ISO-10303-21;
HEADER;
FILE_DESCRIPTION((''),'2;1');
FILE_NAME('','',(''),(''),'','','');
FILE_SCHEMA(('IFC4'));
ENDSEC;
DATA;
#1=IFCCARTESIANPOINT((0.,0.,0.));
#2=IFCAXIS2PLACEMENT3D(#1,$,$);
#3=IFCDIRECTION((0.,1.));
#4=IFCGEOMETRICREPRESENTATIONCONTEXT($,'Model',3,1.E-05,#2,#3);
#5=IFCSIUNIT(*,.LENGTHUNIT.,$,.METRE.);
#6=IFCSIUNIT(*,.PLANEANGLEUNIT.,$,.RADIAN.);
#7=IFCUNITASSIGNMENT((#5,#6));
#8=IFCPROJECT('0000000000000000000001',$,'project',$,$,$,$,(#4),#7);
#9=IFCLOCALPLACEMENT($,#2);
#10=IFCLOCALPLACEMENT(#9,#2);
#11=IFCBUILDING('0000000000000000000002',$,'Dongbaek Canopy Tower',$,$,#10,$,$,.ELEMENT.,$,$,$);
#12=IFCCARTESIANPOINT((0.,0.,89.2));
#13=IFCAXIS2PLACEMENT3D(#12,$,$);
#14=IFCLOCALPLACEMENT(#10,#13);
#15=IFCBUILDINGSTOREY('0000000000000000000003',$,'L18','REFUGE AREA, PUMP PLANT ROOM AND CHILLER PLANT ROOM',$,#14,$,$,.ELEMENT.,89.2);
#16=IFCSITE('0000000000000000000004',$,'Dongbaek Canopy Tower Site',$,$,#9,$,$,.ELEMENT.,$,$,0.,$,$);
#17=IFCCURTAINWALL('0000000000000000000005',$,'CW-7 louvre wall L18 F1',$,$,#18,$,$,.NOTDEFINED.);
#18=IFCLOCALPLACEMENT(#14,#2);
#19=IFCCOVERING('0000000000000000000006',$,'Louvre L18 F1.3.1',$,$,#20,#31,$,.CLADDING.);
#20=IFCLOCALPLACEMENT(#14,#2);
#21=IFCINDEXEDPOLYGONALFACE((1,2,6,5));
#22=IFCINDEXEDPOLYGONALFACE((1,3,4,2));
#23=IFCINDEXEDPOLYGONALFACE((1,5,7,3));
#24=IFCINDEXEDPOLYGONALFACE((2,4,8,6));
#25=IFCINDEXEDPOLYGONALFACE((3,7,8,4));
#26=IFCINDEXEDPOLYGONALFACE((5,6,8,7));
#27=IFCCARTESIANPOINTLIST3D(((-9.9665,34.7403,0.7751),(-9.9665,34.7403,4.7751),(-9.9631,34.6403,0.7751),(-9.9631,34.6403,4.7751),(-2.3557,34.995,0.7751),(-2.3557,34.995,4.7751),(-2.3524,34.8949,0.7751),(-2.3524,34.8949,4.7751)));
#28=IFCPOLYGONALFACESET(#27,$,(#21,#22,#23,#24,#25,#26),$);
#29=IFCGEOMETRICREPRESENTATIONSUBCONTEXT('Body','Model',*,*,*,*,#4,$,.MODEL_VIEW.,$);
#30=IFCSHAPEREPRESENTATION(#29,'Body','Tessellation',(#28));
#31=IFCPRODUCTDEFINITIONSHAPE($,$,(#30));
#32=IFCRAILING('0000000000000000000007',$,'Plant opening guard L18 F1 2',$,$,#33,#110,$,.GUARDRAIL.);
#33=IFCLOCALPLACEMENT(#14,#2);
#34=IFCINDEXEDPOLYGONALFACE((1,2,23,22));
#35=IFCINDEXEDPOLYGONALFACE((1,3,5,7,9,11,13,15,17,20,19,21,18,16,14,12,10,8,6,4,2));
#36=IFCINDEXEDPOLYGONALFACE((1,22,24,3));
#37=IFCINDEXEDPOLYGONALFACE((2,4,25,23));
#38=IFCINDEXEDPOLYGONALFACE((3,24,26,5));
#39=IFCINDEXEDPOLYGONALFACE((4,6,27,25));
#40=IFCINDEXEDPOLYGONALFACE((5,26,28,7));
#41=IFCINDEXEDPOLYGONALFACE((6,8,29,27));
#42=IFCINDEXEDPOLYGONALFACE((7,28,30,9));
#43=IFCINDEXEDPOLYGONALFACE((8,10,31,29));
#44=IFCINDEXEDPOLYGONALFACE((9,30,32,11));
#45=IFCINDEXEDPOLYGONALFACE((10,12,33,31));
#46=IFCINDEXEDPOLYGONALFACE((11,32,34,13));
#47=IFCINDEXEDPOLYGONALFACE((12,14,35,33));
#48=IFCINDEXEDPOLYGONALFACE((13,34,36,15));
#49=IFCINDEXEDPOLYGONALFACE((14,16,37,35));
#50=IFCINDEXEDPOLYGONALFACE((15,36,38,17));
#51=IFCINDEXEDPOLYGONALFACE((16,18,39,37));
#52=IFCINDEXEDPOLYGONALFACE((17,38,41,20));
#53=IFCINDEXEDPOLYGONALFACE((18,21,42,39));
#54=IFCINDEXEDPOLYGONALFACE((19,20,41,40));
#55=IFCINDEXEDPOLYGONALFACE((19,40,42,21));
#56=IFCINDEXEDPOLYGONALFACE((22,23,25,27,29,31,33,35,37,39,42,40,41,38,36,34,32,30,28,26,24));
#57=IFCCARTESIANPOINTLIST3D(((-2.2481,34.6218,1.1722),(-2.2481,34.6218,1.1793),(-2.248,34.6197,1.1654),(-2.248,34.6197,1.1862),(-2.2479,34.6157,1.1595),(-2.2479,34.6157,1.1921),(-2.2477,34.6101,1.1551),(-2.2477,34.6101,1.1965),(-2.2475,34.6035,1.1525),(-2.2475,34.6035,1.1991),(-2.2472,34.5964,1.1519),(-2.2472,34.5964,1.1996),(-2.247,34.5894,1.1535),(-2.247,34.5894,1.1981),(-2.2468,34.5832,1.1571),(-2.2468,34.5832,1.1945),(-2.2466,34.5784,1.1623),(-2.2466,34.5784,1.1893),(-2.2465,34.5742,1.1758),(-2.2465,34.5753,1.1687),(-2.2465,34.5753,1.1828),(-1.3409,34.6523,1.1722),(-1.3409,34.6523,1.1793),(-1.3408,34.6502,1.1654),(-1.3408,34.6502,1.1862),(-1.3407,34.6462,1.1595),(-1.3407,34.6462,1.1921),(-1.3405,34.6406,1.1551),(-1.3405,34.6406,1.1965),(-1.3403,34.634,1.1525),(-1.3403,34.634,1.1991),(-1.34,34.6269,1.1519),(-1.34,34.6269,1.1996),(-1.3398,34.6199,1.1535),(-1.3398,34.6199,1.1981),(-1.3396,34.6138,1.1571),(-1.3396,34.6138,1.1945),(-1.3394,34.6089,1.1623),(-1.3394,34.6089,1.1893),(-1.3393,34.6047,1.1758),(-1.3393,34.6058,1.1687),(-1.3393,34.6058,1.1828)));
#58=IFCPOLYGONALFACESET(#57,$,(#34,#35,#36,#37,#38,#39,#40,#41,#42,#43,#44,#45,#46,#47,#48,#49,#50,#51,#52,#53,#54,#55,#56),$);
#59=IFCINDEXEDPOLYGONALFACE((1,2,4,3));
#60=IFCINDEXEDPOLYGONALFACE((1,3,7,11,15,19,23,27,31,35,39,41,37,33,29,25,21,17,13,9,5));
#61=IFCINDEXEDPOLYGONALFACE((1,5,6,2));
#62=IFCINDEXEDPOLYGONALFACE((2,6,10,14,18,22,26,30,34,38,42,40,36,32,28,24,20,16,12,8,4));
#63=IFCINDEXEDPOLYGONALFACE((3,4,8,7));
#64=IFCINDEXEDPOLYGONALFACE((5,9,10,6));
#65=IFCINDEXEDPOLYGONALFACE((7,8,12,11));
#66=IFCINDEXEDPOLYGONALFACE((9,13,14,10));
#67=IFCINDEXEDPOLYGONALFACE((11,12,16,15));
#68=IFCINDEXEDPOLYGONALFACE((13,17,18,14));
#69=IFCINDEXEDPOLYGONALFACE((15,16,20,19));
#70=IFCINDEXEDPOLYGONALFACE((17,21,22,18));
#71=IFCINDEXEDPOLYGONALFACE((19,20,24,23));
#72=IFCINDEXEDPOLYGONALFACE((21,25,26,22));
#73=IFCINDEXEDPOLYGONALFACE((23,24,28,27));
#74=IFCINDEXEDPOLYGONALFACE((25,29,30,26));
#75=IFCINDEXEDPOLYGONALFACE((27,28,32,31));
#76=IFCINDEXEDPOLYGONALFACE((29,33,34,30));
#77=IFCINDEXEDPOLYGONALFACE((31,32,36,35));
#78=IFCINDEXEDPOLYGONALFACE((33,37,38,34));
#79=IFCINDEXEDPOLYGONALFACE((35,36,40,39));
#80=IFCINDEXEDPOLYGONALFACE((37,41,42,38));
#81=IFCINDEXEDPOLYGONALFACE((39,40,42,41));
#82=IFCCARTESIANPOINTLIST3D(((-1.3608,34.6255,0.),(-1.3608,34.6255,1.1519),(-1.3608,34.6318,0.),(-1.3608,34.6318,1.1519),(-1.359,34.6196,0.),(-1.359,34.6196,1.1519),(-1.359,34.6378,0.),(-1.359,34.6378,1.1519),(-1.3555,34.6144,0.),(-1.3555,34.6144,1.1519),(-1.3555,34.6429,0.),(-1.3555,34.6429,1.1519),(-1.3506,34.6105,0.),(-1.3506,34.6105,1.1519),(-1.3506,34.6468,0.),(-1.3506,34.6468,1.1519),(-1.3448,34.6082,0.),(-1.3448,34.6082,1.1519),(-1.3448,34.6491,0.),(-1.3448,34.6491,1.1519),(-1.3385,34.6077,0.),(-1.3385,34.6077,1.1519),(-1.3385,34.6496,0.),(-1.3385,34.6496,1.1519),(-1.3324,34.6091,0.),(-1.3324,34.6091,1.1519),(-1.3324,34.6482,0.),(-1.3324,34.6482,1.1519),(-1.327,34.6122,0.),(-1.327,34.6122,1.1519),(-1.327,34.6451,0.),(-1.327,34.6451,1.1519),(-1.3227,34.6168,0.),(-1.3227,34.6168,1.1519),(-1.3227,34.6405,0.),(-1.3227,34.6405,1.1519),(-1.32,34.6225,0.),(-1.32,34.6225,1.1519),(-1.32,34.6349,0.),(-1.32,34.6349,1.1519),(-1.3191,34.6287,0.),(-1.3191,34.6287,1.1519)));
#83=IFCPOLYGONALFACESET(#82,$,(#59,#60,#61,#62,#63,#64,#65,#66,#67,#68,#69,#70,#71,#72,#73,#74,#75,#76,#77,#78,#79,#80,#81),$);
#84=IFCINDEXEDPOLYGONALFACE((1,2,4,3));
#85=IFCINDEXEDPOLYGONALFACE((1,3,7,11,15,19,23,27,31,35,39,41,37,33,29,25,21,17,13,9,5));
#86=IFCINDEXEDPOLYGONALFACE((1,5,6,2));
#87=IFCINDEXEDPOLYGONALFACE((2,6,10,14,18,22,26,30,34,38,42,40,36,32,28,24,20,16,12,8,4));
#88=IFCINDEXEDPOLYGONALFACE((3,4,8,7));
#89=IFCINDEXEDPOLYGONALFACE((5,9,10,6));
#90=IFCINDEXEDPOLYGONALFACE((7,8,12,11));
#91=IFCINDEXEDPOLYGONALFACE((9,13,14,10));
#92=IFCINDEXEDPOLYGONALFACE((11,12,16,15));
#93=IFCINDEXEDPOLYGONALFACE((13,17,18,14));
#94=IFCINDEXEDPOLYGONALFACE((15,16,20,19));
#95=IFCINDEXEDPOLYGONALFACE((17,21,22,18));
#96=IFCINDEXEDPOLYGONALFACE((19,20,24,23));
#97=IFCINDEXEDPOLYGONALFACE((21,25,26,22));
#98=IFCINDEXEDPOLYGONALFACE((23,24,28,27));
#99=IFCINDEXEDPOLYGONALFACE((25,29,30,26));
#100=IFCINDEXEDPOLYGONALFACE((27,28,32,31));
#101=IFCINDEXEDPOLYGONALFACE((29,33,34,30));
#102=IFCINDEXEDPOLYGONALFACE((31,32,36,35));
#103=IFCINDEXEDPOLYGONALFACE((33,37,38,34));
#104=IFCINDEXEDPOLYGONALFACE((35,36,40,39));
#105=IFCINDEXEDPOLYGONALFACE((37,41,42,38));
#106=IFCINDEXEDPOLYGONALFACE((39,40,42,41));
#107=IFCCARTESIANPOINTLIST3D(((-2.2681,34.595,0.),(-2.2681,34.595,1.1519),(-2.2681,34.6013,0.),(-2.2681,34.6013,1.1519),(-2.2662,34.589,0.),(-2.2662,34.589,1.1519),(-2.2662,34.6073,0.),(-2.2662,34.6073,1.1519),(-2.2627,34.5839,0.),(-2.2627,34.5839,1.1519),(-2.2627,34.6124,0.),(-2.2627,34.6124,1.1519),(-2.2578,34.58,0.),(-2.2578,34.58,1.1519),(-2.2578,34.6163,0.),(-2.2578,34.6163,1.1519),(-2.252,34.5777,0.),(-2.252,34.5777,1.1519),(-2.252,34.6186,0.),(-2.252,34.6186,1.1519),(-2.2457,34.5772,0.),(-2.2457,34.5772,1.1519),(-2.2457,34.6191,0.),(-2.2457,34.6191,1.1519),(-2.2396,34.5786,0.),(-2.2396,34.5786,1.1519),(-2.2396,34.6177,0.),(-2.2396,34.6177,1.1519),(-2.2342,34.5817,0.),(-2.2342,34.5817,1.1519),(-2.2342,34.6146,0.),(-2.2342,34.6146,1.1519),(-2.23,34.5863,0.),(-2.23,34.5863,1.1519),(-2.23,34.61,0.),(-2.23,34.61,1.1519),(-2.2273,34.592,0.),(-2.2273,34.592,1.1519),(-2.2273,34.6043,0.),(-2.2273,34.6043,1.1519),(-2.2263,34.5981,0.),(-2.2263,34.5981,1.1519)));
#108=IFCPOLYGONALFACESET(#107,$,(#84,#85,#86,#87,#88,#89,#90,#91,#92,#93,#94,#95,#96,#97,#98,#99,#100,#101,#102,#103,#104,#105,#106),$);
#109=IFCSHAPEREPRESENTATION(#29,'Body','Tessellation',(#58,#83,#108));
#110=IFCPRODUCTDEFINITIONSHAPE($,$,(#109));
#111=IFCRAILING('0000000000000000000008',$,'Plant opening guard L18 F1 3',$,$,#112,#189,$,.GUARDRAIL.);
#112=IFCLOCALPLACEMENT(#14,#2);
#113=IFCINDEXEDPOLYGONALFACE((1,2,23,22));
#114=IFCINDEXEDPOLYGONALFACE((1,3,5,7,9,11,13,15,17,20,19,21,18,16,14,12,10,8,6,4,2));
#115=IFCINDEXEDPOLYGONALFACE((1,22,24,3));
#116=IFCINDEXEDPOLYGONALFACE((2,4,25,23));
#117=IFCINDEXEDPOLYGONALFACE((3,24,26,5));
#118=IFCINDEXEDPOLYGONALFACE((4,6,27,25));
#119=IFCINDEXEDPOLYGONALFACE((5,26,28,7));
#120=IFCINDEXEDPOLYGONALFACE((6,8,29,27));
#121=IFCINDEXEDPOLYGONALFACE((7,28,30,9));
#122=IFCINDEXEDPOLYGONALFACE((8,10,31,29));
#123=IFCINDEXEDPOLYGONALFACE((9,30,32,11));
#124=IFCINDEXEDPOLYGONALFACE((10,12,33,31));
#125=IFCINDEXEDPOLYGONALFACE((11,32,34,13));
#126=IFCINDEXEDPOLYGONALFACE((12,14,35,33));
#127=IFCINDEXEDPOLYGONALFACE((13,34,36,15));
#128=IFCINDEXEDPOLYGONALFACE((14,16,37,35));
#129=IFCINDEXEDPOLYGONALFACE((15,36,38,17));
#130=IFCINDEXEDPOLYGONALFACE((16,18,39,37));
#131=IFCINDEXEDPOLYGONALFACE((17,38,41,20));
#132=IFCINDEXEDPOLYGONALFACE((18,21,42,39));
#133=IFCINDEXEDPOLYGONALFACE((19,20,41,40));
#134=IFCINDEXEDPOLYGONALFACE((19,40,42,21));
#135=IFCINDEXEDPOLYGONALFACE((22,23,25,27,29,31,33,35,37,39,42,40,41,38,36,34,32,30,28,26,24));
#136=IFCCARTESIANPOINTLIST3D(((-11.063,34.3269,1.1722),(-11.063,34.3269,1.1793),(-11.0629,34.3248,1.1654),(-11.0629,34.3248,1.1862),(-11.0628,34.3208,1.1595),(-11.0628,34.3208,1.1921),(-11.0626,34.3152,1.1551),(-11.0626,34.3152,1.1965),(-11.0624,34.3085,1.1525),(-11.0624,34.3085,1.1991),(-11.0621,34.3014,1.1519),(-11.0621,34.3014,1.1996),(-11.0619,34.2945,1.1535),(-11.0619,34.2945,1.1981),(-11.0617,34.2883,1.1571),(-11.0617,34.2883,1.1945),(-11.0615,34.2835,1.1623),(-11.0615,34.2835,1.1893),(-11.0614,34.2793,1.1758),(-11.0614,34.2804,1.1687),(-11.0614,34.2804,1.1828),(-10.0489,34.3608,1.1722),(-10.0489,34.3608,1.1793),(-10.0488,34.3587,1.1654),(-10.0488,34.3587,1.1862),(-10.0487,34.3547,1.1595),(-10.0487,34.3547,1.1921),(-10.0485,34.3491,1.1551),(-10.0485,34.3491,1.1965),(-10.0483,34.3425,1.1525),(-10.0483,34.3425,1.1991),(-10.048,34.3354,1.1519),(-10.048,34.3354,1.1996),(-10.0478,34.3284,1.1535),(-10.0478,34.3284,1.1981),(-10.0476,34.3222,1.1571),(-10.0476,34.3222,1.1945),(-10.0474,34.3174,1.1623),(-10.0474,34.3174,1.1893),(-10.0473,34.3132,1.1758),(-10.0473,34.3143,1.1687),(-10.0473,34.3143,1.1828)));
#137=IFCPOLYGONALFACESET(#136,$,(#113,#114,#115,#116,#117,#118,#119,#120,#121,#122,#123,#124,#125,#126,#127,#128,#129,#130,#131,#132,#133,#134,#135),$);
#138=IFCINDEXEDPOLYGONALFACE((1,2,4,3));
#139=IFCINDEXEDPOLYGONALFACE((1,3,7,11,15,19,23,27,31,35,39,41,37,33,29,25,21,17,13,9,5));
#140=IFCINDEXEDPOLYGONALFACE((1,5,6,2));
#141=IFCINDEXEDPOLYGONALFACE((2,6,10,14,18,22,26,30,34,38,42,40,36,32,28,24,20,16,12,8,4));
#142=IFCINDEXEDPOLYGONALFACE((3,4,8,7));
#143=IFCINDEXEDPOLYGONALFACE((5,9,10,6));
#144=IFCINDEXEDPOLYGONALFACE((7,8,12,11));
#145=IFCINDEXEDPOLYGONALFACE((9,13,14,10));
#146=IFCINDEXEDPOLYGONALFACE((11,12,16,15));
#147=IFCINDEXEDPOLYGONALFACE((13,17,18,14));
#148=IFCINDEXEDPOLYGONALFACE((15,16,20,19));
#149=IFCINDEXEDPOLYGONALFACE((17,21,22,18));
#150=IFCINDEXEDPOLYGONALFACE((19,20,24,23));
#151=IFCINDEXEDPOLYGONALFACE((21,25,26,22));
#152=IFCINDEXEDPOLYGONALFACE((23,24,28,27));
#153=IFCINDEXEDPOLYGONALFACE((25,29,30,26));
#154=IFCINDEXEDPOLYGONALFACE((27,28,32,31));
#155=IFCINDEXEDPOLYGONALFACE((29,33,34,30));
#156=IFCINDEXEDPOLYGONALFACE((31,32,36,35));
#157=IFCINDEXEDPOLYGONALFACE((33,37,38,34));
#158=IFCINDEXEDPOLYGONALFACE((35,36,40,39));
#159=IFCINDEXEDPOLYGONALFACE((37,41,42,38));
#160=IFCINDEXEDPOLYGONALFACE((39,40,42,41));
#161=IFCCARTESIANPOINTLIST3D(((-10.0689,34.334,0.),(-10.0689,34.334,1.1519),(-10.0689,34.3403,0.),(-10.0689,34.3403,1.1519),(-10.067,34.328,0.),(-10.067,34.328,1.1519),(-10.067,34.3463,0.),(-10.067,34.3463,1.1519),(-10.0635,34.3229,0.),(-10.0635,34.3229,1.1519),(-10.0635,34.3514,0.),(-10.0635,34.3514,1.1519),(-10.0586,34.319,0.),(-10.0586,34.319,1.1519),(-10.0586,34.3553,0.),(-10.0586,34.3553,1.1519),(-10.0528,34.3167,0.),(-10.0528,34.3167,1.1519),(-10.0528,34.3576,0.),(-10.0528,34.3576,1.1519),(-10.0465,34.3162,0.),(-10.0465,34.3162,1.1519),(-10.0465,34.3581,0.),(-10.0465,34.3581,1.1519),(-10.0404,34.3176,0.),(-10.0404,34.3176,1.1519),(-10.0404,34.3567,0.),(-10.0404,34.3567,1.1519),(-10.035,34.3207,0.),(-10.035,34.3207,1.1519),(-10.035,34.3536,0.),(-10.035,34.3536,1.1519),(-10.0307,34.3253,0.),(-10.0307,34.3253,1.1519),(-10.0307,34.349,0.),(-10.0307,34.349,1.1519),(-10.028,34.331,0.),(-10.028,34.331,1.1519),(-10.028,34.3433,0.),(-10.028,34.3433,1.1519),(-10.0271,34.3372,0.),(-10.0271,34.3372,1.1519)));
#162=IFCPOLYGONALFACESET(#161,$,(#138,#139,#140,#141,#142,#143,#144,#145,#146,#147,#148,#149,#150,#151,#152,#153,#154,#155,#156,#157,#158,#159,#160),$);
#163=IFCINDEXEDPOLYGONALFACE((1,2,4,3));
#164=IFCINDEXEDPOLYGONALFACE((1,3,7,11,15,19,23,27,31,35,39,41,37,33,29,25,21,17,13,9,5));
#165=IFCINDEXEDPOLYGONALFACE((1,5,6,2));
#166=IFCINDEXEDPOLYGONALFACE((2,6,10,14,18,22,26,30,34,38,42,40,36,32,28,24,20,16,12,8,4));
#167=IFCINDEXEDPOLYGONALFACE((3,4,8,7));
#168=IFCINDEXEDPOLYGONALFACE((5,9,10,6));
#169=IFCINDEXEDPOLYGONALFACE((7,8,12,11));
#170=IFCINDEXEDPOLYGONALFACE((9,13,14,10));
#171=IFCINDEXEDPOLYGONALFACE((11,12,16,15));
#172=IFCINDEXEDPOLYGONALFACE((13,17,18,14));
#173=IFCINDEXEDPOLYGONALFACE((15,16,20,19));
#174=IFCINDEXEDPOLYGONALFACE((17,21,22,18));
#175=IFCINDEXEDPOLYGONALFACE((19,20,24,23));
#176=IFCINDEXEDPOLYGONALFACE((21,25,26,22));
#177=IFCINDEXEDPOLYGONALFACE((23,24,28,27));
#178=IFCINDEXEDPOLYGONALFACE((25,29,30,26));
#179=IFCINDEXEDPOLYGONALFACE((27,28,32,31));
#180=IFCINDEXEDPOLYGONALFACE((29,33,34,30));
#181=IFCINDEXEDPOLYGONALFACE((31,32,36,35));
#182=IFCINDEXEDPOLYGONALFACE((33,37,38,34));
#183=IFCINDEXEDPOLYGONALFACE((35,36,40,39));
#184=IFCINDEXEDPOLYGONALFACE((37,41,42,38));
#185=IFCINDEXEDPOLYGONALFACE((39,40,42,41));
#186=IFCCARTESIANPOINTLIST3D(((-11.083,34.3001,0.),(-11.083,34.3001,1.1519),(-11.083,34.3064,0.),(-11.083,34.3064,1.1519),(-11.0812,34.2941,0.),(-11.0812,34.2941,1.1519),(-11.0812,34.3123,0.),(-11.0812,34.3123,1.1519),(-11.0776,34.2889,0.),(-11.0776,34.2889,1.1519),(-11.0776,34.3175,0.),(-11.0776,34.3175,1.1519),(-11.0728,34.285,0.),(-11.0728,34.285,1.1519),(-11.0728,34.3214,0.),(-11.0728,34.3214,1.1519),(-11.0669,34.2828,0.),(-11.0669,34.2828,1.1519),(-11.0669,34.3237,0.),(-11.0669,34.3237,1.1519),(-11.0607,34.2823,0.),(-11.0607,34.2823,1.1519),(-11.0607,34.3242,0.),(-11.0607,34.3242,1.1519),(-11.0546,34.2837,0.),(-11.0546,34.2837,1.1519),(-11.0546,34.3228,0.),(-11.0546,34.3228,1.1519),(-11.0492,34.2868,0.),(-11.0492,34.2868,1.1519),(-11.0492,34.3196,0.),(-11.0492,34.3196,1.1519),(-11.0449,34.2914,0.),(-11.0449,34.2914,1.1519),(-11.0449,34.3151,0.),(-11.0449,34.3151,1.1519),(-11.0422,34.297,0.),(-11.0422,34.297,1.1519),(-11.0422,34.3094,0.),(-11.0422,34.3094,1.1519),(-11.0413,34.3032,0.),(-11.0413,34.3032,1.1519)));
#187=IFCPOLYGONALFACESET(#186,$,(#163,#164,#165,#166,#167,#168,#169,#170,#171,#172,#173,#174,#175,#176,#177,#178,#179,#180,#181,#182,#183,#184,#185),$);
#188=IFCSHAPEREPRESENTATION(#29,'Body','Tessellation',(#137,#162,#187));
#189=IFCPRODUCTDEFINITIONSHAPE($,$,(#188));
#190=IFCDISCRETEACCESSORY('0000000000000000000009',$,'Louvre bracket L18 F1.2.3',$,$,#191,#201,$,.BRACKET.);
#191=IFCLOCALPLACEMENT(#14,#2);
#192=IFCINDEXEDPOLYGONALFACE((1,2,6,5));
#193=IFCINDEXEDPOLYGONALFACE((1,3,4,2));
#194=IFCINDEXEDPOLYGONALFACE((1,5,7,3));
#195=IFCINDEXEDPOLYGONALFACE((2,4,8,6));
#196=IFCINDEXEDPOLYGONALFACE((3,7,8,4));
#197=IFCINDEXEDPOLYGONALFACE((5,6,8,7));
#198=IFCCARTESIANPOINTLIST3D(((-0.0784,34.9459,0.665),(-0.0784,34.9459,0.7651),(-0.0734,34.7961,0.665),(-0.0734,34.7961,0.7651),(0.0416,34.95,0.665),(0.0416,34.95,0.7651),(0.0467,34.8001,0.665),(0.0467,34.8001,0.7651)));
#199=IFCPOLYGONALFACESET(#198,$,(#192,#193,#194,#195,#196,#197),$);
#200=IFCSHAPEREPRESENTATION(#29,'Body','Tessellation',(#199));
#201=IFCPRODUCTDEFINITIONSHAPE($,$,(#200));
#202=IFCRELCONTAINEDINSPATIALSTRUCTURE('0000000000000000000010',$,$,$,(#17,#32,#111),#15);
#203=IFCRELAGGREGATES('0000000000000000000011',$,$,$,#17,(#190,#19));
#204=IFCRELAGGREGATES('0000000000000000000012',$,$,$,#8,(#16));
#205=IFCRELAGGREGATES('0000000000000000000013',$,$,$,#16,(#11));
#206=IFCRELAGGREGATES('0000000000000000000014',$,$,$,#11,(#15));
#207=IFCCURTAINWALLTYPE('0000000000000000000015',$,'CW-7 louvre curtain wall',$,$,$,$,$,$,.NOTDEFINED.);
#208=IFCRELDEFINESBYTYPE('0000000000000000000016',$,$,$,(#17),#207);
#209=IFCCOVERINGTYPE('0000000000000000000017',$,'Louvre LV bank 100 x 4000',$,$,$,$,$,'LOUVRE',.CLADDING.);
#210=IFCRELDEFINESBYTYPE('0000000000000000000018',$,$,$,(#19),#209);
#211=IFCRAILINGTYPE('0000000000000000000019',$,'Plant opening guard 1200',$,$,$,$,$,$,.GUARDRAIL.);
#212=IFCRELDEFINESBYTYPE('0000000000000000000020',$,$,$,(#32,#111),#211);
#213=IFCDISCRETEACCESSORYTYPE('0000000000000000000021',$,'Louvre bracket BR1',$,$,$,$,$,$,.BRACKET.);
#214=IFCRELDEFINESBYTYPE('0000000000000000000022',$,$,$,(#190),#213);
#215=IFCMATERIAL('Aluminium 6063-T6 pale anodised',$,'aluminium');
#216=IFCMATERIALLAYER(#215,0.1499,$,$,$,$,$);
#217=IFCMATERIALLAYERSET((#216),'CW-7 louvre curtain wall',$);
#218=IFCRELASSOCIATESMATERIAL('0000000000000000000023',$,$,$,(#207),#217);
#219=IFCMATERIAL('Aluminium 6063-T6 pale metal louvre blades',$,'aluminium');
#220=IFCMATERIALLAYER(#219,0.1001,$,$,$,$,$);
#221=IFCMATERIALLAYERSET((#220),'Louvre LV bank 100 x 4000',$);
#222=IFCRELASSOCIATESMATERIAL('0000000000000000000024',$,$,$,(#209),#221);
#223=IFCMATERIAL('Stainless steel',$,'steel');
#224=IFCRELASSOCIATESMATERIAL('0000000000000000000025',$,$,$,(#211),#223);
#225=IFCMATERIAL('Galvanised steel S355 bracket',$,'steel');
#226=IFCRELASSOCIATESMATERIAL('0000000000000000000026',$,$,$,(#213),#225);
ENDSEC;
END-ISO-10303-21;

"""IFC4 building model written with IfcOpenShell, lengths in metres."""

from ifc_helpers import new_model, si_unit, direction, frame, origin, origin_2d, place, context, subcontext, project, spatial, rectangle, circle, extrude, material, layer, layer_set, type_object, element, aggregate, save


model = new_model("IFC4")

# Units and contexts
model_context = context("Model", 3, precision=1e-05, world=origin(), true_north=direction((0.0, 1.0)))
body_context = subcontext(model_context, "Body", "Model", "MODEL_VIEW")
ifc_project = project(units=[si_unit("LENGTHUNIT", "METRE"), si_unit("PLANEANGLEUNIT", "RADIAN")], contexts=[model_context])

# Site, building, storey
site_placement = place(None, origin())
site = spatial("IfcSite", under=ifc_project, at=site_placement, Name="Dongbaek Canopy Tower Site", CompositionType="ELEMENT", RefElevation=0.0)
building_placement = place(site_placement, origin())
building = spatial("IfcBuilding", under=site, at=building_placement, Name="Dongbaek Canopy Tower", CompositionType="ELEMENT")
storey_placement = place(building_placement, frame((0.0, 0.0, 89.2)))
storey = spatial("IfcBuildingStorey", under=building, at=storey_placement, Name="L18", Description="REFUGE AREA, PUMP PLANT ROOM AND CHILLER PLANT ROOM", CompositionType="ELEMENT", Elevation=89.2)

# Curtain wall
ifc_material_1 = material(Name="Aluminium 6063-T6 pale anodised", Category="aluminium")
ifc_layer_1 = layer(ifc_material_1, 0.1499)
ifc_layer_set_1 = layer_set([ifc_layer_1], Name="CW-7 louvre curtain wall")
curtain_wall_type = type_object("IfcCurtainWallType", Name="CW-7 louvre curtain wall", PredefinedType="NOTDEFINED", material=ifc_layer_set_1)
curtain_wall_placement = place(storey_placement, origin())
curtain_wall = element("IfcCurtainWall", 1, at=curtain_wall_placement, inside=storey, type_object=curtain_wall_type, Name="CW-7 louvre wall L18 F1", PredefinedType="NOTDEFINED")

# Covering
ifc_material_2 = material(Name="Aluminium 6063-T6 pale metal louvre blades", Category="aluminium")
ifc_layer_2 = layer(ifc_material_2, 0.1001)
ifc_layer_set_2 = layer_set([ifc_layer_2], Name="Louvre LV bank 100 x 4000")
covering_type = type_object("IfcCoveringType", Name="Louvre LV bank 100 x 4000", ElementType="LOUVRE", PredefinedType="CLADDING", material=ifc_layer_set_2)
covering_placement = place(storey_placement, frame((-6.1594, 34.8176, 0.7751), z_axis=(0.0, 0.0, 1.0), x_axis=(-0.999441, -0.033442, 0.0)))
covering = element("IfcCovering", 2, at=covering_placement, type_object=covering_type, Name="Louvre L18 F1.3.1", PredefinedType="CLADDING", context=body_context, shape_type="SweptSolid", body=[
    extrude(rectangle(XDim=7.615, YDim=0.1001, at=origin_2d()), origin(), (0.0, 0.0, 1.0), 4.0),
])

# Railings
ifc_material_3 = material(Name="Stainless steel", Category="steel")
railing_type = type_object("IfcRailingType", Name="Plant opening guard 1200", PredefinedType="GUARDRAIL", material=ifc_material_3)
railing_1_placement = place(storey_placement, frame((-1.3401, 34.6287, 0.0)))
element("IfcRailing", 3, at=railing_1_placement, inside=storey, type_object=railing_type, Name="Plant opening guard L18 F1 2", PredefinedType="GUARDRAIL", context=body_context, shape_type="SweptSolid", body=[
    extrude(circle(Radius=0.0239, at=origin_2d()), frame((0.0, 0.0, 1.1758), z_axis=(-0.999435, -0.033619, 0.0), x_axis=(0.033619, -0.999435, 0.0)), (0.0, 0.0, 1.0), 0.9077),
    extrude(circle(Radius=0.021, at=origin_2d()), origin(), (0.0, 0.0, 1.0), 1.1519),
    extrude(circle(Radius=0.021, at=origin_2d()), frame((-0.9072, -0.0305, 0.0)), (0.0, 0.0, 1.0), 1.1519),
])
railing_2_placement = place(storey_placement, frame((-10.0481, 34.3372, 0.0)))
element("IfcRailing", 4, at=railing_2_placement, inside=storey, type_object=railing_type, Name="Plant opening guard L18 F1 3", PredefinedType="GUARDRAIL", context=body_context, shape_type="SweptSolid", body=[
    extrude(circle(Radius=0.0239, at=origin_2d()), frame((0.0, 0.0, 1.1758), z_axis=(-0.999441, -0.033443, 0.0), x_axis=(0.033443, -0.999441, 0.0)), (0.0, 0.0, 1.0), 1.0146),
    extrude(circle(Radius=0.021, at=origin_2d()), origin(), (0.0, 0.0, 1.0), 1.1519),
    extrude(circle(Radius=0.021, at=origin_2d()), frame((-1.0142, -0.0339, 0.0)), (0.0, 0.0, 1.0), 1.1519),
])

# Discrete accessory
ifc_material_4 = material(Name="Galvanised steel S355 bracket", Category="steel")
discrete_accessory_type = type_object("IfcDiscreteAccessoryType", Name="Louvre bracket BR1", PredefinedType="BRACKET", material=ifc_material_4)
discrete_accessory_1_placement = place(storey_placement, frame((-0.0159, 34.873, 0.665), z_axis=(0.0, 0.0, 1.0), x_axis=(-0.999441, -0.033442, 0.0)))
discrete_accessory_1 = element("IfcDiscreteAccessory", 5, at=discrete_accessory_1_placement, type_object=discrete_accessory_type, Name="Louvre bracket L18 F1.2.3", PredefinedType="BRACKET", context=body_context, shape_type="SweptSolid", body=[
    extrude(rectangle(XDim=0.1201, YDim=0.1499, at=origin_2d()), origin(), (0.0, 0.0, 1.0), 0.1001),
])
aggregate(curtain_wall, [discrete_accessory_1, covering])

save(model, "model.ifc")
